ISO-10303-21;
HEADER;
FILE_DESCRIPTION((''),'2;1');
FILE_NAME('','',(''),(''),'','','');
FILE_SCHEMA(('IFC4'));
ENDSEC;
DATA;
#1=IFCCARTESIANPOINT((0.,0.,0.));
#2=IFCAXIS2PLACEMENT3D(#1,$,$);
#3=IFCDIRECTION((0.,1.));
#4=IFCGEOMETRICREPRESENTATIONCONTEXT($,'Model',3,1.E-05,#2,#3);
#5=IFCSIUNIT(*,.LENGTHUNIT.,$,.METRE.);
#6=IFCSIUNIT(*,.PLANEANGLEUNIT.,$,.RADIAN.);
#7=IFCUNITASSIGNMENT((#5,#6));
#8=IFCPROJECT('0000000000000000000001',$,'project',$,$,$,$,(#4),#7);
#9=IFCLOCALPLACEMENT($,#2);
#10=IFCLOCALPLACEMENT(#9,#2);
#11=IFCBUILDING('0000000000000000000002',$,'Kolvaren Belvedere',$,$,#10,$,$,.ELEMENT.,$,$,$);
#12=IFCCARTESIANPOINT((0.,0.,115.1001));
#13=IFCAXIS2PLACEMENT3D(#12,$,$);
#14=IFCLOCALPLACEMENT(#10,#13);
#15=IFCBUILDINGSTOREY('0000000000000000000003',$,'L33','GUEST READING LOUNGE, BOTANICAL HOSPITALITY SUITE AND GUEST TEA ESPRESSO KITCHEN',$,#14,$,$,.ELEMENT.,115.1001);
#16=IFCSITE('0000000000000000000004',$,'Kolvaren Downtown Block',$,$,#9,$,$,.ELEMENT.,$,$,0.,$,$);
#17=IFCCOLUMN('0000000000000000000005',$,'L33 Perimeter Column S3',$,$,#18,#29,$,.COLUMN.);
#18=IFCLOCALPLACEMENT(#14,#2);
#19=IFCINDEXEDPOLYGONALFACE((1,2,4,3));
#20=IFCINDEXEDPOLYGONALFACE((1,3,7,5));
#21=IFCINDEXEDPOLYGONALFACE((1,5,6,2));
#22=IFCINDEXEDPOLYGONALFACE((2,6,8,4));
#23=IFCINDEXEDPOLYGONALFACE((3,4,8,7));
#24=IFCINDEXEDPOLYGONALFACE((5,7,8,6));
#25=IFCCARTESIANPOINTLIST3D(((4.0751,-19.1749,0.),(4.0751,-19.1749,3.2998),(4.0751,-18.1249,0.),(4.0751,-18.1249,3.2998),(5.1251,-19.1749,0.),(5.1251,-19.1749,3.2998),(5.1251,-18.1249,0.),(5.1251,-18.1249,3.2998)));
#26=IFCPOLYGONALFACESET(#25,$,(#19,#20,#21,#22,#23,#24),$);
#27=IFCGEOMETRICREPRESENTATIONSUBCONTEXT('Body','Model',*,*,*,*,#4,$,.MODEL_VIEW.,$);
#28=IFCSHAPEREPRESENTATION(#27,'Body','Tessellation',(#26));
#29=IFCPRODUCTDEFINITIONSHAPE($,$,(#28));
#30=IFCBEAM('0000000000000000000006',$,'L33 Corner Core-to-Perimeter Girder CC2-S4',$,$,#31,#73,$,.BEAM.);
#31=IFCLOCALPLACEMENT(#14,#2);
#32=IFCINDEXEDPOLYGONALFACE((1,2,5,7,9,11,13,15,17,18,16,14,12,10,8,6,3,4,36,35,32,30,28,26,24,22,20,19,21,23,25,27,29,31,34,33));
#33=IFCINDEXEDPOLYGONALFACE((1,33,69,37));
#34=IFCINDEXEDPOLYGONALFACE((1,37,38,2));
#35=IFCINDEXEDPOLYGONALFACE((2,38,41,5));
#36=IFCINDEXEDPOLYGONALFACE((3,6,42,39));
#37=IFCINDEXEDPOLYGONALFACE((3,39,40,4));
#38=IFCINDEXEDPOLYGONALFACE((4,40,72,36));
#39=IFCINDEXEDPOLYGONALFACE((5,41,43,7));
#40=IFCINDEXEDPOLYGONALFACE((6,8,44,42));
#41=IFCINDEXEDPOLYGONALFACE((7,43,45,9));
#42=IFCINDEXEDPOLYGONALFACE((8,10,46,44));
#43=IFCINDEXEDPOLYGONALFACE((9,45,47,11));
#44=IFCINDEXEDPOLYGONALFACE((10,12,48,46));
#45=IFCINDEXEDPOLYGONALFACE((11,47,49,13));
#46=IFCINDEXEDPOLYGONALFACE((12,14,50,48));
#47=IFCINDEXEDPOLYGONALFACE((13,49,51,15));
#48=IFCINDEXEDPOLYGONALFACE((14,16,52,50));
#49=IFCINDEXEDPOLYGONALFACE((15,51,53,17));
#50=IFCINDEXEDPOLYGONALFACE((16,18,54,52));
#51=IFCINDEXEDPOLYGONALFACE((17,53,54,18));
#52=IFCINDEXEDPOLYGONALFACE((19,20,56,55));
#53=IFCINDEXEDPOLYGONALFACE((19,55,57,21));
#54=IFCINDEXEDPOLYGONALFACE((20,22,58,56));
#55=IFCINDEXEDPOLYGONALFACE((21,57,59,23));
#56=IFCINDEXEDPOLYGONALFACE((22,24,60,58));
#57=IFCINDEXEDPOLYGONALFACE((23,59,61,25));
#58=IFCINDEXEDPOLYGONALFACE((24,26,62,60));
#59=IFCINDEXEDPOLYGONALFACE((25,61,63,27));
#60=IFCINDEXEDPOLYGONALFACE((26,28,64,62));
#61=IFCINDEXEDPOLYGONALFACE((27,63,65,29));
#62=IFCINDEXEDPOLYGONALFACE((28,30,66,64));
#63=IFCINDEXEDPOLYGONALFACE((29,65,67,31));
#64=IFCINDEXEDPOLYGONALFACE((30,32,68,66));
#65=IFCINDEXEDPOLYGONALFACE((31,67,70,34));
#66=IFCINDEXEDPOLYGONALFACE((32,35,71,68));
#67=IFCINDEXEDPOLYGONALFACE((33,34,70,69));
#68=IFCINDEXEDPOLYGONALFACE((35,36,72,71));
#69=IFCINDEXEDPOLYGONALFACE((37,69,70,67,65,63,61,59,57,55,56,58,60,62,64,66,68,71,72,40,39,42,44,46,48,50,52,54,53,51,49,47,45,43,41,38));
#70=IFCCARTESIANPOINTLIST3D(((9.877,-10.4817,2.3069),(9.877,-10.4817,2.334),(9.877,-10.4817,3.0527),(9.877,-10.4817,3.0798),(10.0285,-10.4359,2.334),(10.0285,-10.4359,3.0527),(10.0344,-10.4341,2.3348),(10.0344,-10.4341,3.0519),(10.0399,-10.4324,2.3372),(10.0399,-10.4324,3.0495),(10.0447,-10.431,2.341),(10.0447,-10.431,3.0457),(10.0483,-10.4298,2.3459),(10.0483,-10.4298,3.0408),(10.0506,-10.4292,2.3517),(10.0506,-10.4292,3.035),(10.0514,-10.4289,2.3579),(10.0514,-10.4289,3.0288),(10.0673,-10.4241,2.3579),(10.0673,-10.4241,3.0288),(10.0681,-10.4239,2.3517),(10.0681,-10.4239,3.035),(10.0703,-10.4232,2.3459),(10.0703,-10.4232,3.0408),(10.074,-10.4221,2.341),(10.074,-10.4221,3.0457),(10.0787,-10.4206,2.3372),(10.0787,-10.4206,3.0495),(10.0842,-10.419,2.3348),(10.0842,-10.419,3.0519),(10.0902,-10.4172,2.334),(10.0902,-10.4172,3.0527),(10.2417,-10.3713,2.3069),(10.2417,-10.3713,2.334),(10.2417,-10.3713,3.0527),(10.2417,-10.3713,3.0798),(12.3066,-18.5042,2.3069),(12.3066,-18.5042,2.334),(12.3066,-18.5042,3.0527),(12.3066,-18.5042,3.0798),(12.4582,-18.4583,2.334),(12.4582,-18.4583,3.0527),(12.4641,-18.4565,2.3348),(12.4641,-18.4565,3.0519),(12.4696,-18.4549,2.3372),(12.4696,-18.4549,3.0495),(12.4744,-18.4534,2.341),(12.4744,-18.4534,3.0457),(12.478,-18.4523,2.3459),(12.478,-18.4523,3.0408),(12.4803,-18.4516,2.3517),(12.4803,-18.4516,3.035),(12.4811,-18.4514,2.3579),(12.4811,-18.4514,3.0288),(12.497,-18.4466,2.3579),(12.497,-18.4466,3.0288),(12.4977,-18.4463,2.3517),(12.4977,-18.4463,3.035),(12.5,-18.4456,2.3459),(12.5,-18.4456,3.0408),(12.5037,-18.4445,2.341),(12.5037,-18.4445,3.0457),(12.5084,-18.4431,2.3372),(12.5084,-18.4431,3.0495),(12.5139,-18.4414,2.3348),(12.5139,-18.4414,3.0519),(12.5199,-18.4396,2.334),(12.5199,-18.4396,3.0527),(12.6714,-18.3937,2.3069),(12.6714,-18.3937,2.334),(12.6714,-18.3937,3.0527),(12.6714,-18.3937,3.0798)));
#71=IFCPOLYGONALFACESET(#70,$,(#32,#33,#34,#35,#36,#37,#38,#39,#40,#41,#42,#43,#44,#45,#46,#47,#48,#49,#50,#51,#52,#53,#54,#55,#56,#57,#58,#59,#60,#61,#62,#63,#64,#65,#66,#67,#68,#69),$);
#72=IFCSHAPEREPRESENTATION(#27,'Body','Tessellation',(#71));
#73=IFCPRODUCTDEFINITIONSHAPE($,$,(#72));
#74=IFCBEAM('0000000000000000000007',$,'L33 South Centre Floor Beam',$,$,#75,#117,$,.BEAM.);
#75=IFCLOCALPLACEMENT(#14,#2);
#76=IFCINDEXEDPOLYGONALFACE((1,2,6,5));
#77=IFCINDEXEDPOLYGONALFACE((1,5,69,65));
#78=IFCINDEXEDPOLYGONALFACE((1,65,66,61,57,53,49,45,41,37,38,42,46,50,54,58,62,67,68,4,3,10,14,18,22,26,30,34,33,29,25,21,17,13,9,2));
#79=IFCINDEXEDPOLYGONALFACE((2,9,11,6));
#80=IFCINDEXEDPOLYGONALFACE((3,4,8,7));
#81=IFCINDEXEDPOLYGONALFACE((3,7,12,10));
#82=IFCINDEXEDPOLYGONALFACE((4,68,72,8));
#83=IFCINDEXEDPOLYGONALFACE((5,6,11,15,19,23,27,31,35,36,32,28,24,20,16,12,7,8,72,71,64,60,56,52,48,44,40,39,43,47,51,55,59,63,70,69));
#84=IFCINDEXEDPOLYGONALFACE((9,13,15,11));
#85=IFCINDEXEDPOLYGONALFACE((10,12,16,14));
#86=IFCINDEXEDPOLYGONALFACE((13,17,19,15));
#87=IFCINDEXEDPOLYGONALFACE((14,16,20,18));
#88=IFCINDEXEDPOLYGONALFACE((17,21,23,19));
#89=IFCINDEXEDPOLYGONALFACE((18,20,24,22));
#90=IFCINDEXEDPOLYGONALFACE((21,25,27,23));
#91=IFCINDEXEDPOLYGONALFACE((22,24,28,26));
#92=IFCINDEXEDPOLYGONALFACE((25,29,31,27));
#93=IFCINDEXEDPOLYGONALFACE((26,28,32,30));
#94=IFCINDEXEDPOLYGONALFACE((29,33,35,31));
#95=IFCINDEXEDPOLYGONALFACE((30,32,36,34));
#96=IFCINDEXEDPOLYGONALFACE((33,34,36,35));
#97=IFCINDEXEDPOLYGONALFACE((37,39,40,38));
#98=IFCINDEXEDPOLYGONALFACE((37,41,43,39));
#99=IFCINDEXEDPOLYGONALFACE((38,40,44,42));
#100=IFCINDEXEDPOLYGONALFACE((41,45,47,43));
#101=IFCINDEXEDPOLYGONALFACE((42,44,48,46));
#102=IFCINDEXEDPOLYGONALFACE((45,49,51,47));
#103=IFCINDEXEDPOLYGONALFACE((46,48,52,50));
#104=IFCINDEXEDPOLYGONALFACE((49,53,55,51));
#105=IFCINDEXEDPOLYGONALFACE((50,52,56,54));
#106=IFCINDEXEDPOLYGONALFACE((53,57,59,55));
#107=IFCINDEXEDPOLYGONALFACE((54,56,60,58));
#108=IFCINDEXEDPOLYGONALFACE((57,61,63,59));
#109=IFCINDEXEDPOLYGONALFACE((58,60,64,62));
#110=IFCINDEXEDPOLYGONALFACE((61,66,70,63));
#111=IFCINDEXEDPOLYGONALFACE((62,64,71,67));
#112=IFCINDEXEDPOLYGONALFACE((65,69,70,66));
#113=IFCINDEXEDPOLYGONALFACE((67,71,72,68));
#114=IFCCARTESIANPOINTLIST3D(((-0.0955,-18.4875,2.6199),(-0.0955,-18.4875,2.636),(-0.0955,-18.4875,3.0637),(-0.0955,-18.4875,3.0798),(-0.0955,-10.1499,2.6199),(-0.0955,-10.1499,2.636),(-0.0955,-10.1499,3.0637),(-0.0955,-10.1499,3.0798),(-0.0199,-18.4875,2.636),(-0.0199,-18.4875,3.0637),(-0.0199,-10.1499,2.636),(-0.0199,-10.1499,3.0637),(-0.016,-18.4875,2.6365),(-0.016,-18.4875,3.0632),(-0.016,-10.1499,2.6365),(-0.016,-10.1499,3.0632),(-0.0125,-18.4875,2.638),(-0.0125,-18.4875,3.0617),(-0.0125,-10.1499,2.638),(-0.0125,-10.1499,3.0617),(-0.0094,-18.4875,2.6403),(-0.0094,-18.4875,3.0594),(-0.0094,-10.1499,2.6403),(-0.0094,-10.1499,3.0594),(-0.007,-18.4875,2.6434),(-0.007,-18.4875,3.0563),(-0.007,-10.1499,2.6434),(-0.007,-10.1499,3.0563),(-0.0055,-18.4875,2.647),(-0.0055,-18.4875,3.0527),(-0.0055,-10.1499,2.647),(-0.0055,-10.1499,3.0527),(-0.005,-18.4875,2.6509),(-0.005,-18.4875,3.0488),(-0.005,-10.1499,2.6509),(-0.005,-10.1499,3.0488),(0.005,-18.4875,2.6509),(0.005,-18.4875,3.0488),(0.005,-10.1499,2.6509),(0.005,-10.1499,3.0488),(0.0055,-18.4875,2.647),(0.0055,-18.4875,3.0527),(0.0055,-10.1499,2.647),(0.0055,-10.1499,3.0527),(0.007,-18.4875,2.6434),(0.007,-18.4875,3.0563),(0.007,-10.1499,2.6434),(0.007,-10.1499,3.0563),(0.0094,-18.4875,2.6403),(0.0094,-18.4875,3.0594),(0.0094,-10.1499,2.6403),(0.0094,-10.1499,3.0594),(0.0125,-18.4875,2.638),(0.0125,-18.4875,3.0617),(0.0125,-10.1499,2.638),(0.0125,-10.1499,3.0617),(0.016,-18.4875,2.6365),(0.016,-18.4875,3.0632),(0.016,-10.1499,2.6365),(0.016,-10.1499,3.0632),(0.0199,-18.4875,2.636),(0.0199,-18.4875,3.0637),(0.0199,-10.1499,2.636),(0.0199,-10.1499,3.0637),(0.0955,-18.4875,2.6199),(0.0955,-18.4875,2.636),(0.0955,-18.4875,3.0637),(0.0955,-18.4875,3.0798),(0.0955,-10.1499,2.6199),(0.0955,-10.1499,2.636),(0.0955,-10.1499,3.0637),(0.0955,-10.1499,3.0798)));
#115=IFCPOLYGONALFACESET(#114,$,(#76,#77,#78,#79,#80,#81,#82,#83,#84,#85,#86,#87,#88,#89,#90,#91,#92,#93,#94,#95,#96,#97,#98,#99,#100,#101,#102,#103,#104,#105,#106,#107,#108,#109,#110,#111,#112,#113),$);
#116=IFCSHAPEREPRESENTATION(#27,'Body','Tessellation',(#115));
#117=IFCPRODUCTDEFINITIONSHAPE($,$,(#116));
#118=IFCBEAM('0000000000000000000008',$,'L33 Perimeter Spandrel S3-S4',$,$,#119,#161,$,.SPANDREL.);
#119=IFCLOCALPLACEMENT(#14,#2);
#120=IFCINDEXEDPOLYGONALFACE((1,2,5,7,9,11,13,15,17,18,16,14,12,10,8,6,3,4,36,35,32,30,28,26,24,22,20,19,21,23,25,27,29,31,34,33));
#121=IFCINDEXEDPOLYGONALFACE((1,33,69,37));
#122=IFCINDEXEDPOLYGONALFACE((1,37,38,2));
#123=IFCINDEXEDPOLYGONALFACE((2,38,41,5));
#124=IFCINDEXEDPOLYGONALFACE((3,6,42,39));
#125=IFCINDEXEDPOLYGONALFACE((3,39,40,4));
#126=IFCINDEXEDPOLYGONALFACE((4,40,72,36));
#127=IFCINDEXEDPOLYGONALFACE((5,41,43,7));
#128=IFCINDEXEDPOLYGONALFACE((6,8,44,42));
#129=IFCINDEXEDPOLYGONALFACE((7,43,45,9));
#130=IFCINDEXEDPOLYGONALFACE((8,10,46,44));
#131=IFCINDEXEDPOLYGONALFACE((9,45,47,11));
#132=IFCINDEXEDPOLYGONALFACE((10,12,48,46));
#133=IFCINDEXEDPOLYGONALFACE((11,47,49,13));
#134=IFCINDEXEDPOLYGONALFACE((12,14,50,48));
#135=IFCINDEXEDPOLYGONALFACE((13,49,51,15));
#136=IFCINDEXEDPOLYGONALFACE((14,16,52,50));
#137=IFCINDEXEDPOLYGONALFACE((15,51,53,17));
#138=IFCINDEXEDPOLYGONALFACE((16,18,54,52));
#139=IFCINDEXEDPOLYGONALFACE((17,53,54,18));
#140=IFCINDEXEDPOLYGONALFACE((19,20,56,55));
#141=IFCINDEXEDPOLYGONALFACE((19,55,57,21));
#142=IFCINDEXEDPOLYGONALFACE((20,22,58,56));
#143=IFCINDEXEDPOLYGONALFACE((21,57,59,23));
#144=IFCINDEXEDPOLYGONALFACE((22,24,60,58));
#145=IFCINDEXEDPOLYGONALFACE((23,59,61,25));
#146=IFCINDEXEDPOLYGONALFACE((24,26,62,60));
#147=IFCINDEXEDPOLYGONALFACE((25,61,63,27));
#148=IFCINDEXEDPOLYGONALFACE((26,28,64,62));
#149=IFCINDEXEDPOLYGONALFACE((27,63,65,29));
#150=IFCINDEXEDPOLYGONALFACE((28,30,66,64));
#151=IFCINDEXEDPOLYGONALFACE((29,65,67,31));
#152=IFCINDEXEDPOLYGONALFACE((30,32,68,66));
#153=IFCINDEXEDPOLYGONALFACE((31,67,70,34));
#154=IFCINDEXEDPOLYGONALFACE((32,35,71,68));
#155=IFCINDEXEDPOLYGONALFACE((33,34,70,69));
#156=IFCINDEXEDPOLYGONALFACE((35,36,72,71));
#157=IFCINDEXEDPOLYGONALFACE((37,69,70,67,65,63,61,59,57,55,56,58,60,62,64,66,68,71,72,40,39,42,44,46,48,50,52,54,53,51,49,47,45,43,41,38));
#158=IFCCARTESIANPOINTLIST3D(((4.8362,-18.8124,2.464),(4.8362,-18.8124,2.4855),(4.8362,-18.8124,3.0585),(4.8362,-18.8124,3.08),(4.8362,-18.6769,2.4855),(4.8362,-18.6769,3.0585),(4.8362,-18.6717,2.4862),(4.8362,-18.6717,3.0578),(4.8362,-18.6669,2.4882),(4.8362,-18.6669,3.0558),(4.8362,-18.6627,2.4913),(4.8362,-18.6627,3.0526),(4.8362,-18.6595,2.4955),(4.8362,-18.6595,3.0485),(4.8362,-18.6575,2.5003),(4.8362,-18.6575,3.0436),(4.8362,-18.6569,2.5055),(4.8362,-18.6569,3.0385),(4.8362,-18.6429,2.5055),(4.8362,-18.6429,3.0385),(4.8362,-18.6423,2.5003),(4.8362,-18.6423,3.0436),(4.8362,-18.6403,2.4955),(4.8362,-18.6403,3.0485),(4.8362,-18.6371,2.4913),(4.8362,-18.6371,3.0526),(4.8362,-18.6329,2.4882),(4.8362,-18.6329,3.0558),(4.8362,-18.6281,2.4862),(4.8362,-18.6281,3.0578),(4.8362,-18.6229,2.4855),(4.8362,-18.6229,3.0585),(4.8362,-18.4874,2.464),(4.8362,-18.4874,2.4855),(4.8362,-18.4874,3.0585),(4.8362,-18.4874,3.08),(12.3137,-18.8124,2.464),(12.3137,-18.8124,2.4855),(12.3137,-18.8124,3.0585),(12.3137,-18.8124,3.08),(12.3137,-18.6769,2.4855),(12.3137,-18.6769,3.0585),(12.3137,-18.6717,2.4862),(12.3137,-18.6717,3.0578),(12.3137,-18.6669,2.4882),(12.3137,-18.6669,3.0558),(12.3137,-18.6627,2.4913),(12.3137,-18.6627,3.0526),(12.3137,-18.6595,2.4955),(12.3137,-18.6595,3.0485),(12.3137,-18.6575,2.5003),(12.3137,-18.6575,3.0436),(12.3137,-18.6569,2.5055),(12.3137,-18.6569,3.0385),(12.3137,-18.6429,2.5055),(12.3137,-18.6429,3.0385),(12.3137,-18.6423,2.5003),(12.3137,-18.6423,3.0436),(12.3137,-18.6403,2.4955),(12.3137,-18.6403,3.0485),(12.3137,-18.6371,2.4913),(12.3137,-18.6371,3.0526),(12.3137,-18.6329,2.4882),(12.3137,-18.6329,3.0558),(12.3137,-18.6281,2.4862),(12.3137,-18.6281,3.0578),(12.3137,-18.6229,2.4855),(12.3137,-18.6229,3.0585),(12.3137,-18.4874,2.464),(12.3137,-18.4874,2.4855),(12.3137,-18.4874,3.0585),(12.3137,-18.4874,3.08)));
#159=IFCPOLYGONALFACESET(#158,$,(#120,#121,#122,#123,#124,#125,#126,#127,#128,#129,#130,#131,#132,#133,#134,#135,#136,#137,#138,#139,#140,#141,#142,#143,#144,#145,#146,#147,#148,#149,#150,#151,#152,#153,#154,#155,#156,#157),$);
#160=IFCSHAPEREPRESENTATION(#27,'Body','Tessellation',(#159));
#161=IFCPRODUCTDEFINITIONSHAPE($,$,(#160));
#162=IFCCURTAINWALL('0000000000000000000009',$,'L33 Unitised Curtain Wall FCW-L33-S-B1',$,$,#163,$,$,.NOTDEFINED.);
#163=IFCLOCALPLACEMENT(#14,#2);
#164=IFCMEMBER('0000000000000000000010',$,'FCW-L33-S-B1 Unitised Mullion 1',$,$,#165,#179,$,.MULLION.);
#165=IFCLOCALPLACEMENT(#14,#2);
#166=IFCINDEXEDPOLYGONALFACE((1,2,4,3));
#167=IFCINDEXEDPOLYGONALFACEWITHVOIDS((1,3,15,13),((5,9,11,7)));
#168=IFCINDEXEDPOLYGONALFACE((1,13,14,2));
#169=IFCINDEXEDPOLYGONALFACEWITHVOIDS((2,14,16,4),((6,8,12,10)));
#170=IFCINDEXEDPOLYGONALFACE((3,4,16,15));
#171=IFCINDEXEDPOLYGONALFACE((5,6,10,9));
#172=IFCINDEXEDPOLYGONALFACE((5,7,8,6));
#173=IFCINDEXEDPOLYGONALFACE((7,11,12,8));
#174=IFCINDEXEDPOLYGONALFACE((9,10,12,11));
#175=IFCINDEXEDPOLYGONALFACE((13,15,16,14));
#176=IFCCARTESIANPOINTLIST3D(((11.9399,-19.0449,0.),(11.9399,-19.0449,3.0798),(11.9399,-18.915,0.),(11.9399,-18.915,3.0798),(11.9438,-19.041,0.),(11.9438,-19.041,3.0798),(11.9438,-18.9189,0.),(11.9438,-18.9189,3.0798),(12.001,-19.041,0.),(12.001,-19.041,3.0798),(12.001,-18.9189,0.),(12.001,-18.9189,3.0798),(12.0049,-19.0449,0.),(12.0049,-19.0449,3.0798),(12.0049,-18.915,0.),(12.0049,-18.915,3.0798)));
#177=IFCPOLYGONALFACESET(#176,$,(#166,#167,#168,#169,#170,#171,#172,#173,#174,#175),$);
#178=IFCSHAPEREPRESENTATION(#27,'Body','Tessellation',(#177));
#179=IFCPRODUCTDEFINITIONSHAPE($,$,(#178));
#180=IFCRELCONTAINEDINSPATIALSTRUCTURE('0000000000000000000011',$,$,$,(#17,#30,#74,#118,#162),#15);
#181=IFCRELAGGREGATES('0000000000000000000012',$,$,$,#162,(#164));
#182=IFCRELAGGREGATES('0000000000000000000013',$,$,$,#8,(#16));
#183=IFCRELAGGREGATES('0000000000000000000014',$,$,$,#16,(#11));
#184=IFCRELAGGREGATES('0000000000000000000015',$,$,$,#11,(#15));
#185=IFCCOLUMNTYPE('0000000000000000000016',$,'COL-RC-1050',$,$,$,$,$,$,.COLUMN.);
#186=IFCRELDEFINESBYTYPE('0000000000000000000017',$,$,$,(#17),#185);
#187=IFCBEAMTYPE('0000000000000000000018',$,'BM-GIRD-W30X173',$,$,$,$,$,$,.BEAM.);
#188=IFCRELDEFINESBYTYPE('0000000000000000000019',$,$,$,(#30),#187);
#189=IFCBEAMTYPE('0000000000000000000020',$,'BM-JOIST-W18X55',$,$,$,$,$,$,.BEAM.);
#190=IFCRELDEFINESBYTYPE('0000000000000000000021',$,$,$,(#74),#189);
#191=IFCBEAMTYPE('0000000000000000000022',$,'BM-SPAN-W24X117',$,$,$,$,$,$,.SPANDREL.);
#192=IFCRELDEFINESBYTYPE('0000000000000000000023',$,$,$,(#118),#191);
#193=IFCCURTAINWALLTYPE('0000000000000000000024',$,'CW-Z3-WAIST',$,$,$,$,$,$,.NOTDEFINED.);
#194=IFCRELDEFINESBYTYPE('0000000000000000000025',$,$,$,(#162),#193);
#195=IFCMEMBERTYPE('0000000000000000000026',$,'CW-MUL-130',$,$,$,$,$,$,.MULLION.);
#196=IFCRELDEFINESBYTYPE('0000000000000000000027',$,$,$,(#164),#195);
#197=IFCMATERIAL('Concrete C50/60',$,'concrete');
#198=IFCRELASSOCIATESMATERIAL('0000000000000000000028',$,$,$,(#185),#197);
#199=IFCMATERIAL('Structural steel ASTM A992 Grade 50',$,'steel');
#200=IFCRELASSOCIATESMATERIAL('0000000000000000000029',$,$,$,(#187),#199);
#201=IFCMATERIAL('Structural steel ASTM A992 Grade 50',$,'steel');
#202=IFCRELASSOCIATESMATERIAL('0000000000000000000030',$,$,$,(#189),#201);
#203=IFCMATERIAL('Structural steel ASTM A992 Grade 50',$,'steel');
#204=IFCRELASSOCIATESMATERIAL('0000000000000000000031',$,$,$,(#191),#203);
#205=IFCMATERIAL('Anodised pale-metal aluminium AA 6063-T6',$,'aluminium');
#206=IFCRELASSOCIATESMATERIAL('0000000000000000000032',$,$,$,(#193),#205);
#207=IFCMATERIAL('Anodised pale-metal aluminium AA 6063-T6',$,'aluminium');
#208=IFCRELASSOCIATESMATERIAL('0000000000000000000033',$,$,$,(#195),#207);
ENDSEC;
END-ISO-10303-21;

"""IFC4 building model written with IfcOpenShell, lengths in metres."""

from ifc_helpers import new_model, si_unit, direction, frame, origin, origin_2d, place, context, subcontext, project, spatial, rectangle, hollow_rectangle, i_section, extrude, material, material_profile, profile_set, type_object, element, aggregate, save


model = new_model("IFC4")

# Units and contexts
model_context = context("Model", 3, precision=1e-05, world=origin(), true_north=direction((0.0, 1.0)))
body_context = subcontext(model_context, "Body", "Model", "MODEL_VIEW")
ifc_project = project(units=[si_unit("LENGTHUNIT", "METRE"), si_unit("PLANEANGLEUNIT", "RADIAN")], contexts=[model_context])

# Site, building, storey
site_placement = place(None, origin())
site = spatial("IfcSite", under=ifc_project, at=site_placement, Name="Kolvaren Downtown Block", CompositionType="ELEMENT", RefElevation=0.0)
building_placement = place(site_placement, origin())
building = spatial("IfcBuilding", under=site, at=building_placement, Name="Kolvaren Belvedere", CompositionType="ELEMENT")
storey_placement = place(building_placement, frame((0.0, 0.0, 115.1001)))
storey = spatial("IfcBuildingStorey", under=building, at=storey_placement, Name="L33", Description="GUEST READING LOUNGE, BOTANICAL HOSPITALITY SUITE AND GUEST TEA ESPRESSO KITCHEN", CompositionType="ELEMENT", Elevation=115.1001)

# Column
ifc_material_1 = material(Name="Concrete C50/60", Category="concrete")
ifc_material_profile_1 = material_profile(ifc_material_1, rectangle(XDim=1.05, YDim=1.05, at=origin_2d()), Name="RC 1050X1050")
ifc_profile_set_1 = profile_set([ifc_material_profile_1], Name="Concrete C50/60")
column_type = type_object("IfcColumnType", Name="COL-RC-1050", PredefinedType="COLUMN", material=ifc_profile_set_1)
column_placement = place(storey_placement, frame((4.6001, -18.6499, 0.0), z_axis=(0.0, 0.0, 1.0), x_axis=(1.0, 0.0, 0.0)))
element("IfcColumn", 1, at=column_placement, inside=storey, type_object=column_type, Name="L33 Perimeter Column S3", PredefinedType="COLUMN", context=body_context, shape_type="SweptSolid", body=[
    extrude(rectangle(XDim=1.05, YDim=1.05, at=origin_2d()), origin(), (0.0, 0.0, 1.0), 3.2998),
])

# Beams
ifc_material_2 = material(Name="Structural steel ASTM A992 Grade 50", Category="steel")
ifc_material_profile_2 = material_profile(ifc_material_2, i_section(OverallWidth=0.3811, OverallDepth=0.7729, WebThickness=0.0166, FlangeThickness=0.0271, FilletRadius=0.0239, at=origin_2d()), Name="W30X173")
ifc_profile_set_2 = profile_set([ifc_material_profile_2], Name="Structural steel ASTM A992 Grade 50")
beam_type_1 = type_object("IfcBeamType", Name="BM-GIRD-W30X173", PredefinedType="BEAM", material=ifc_profile_set_2)
beam_1_placement = place(storey_placement, frame((10.0593, -10.4265, 2.6934), z_axis=(0.289859, -0.957069, 0.0), x_axis=(0.957069, 0.289859, 0.0)))
element("IfcBeam", 2, at=beam_1_placement, inside=storey, type_object=beam_type_1, Name="L33 Corner Core-to-Perimeter Girder CC2-S4", PredefinedType="BEAM", context=body_context, shape_type="SweptSolid", body=[
    extrude(i_section(OverallWidth=0.3811, OverallDepth=0.7729, WebThickness=0.0166, FlangeThickness=0.0271, FilletRadius=0.0239, at=origin_2d()), origin(), (0.0, 0.0, 1.0), 8.3823),
])
ifc_material_3 = material(Name="Structural steel ASTM A992 Grade 50", Category="steel")
ifc_material_profile_3 = material_profile(ifc_material_3, i_section(OverallWidth=0.1909, OverallDepth=0.46, WebThickness=0.01, FlangeThickness=0.0161, FilletRadius=0.0149, at=origin_2d()), Name="W18X55")
ifc_profile_set_3 = profile_set([ifc_material_profile_3], Name="Structural steel ASTM A992 Grade 50")
beam_type_2 = type_object("IfcBeamType", Name="BM-JOIST-W18X55", PredefinedType="BEAM", material=ifc_profile_set_3)
beam_2_placement = place(storey_placement, frame((0.0, -10.1499, 2.8499), z_axis=(0.0, -1.0, 0.0), x_axis=(1.0, 0.0, 0.0)))
element("IfcBeam", 3, at=beam_2_placement, inside=storey, type_object=beam_type_2, Name="L33 South Centre Floor Beam", PredefinedType="BEAM", context=body_context, shape_type="SweptSolid", body=[
    extrude(i_section(OverallWidth=0.1909, OverallDepth=0.46, WebThickness=0.01, FlangeThickness=0.0161, FilletRadius=0.0149, at=origin_2d()), origin(), (0.0, 0.0, 1.0), 8.3376),
])
ifc_material_4 = material(Name="Structural steel ASTM A992 Grade 50", Category="steel")
ifc_material_profile_4 = material_profile(ifc_material_4, i_section(OverallWidth=0.325, OverallDepth=0.616, WebThickness=0.0139, FlangeThickness=0.0215, FilletRadius=0.02, at=origin_2d()), Name="W24X117")
ifc_profile_set_4 = profile_set([ifc_material_profile_4], Name="Structural steel ASTM A992 Grade 50")
beam_type_3 = type_object("IfcBeamType", Name="BM-SPAN-W24X117", PredefinedType="SPANDREL", material=ifc_profile_set_4)
beam_3_placement = place(storey_placement, frame((4.8362, -18.6499, 2.772), z_axis=(1.0, 0.0, 0.0), x_axis=(0.0, 1.0, 0.0)))
element("IfcBeam", 4, at=beam_3_placement, inside=storey, type_object=beam_type_3, Name="L33 Perimeter Spandrel S3-S4", PredefinedType="SPANDREL", context=body_context, shape_type="SweptSolid", body=[
    extrude(i_section(OverallWidth=0.325, OverallDepth=0.616, WebThickness=0.0139, FlangeThickness=0.0215, FilletRadius=0.02, at=origin_2d()), origin(), (0.0, 0.0, 1.0), 7.4775),
])

# Curtain wall, member
ifc_material_5 = material(Name="Anodised pale-metal aluminium AA 6063-T6", Category="aluminium")
curtain_wall_type = type_object("IfcCurtainWallType", Name="CW-Z3-WAIST", PredefinedType="NOTDEFINED", material=ifc_material_5)
curtain_wall_1_placement = place(storey_placement, origin())
curtain_wall_1 = element("IfcCurtainWall", 5, at=curtain_wall_1_placement, inside=storey, type_object=curtain_wall_type, Name="L33 Unitised Curtain Wall FCW-L33-S-B1", PredefinedType="NOTDEFINED")
ifc_material_6 = material(Name="Anodised pale-metal aluminium AA 6063-T6", Category="aluminium")
ifc_material_profile_5 = material_profile(ifc_material_6, hollow_rectangle(XDim=0.0649, YDim=0.1299, WallThickness=0.0039, at=origin_2d()), Name="ALU-MUL-130X65")
ifc_profile_set_5 = profile_set([ifc_material_profile_5], Name="Anodised pale-metal aluminium AA 6063-T6")
member_type_1 = type_object("IfcMemberType", Name="CW-MUL-130", PredefinedType="MULLION", material=ifc_profile_set_5)
member_1_placement = place(storey_placement, frame((11.9724, -18.98, 0.0), z_axis=(0.0, 0.0, 1.0), x_axis=(1.0, 0.0, 0.0)))
member_1 = element("IfcMember", 6, at=member_1_placement, type_object=member_type_1, Name="FCW-L33-S-B1 Unitised Mullion 1", PredefinedType="MULLION", context=body_context, shape_type="SweptSolid", body=[
    extrude(hollow_rectangle(XDim=0.0649, YDim=0.1299, WallThickness=0.0039, at=origin_2d()), origin(), (0.0, 0.0, 1.0), 3.0798),
])

aggregate(curtain_wall_1, [member_1])

save(model, "model.ifc")
